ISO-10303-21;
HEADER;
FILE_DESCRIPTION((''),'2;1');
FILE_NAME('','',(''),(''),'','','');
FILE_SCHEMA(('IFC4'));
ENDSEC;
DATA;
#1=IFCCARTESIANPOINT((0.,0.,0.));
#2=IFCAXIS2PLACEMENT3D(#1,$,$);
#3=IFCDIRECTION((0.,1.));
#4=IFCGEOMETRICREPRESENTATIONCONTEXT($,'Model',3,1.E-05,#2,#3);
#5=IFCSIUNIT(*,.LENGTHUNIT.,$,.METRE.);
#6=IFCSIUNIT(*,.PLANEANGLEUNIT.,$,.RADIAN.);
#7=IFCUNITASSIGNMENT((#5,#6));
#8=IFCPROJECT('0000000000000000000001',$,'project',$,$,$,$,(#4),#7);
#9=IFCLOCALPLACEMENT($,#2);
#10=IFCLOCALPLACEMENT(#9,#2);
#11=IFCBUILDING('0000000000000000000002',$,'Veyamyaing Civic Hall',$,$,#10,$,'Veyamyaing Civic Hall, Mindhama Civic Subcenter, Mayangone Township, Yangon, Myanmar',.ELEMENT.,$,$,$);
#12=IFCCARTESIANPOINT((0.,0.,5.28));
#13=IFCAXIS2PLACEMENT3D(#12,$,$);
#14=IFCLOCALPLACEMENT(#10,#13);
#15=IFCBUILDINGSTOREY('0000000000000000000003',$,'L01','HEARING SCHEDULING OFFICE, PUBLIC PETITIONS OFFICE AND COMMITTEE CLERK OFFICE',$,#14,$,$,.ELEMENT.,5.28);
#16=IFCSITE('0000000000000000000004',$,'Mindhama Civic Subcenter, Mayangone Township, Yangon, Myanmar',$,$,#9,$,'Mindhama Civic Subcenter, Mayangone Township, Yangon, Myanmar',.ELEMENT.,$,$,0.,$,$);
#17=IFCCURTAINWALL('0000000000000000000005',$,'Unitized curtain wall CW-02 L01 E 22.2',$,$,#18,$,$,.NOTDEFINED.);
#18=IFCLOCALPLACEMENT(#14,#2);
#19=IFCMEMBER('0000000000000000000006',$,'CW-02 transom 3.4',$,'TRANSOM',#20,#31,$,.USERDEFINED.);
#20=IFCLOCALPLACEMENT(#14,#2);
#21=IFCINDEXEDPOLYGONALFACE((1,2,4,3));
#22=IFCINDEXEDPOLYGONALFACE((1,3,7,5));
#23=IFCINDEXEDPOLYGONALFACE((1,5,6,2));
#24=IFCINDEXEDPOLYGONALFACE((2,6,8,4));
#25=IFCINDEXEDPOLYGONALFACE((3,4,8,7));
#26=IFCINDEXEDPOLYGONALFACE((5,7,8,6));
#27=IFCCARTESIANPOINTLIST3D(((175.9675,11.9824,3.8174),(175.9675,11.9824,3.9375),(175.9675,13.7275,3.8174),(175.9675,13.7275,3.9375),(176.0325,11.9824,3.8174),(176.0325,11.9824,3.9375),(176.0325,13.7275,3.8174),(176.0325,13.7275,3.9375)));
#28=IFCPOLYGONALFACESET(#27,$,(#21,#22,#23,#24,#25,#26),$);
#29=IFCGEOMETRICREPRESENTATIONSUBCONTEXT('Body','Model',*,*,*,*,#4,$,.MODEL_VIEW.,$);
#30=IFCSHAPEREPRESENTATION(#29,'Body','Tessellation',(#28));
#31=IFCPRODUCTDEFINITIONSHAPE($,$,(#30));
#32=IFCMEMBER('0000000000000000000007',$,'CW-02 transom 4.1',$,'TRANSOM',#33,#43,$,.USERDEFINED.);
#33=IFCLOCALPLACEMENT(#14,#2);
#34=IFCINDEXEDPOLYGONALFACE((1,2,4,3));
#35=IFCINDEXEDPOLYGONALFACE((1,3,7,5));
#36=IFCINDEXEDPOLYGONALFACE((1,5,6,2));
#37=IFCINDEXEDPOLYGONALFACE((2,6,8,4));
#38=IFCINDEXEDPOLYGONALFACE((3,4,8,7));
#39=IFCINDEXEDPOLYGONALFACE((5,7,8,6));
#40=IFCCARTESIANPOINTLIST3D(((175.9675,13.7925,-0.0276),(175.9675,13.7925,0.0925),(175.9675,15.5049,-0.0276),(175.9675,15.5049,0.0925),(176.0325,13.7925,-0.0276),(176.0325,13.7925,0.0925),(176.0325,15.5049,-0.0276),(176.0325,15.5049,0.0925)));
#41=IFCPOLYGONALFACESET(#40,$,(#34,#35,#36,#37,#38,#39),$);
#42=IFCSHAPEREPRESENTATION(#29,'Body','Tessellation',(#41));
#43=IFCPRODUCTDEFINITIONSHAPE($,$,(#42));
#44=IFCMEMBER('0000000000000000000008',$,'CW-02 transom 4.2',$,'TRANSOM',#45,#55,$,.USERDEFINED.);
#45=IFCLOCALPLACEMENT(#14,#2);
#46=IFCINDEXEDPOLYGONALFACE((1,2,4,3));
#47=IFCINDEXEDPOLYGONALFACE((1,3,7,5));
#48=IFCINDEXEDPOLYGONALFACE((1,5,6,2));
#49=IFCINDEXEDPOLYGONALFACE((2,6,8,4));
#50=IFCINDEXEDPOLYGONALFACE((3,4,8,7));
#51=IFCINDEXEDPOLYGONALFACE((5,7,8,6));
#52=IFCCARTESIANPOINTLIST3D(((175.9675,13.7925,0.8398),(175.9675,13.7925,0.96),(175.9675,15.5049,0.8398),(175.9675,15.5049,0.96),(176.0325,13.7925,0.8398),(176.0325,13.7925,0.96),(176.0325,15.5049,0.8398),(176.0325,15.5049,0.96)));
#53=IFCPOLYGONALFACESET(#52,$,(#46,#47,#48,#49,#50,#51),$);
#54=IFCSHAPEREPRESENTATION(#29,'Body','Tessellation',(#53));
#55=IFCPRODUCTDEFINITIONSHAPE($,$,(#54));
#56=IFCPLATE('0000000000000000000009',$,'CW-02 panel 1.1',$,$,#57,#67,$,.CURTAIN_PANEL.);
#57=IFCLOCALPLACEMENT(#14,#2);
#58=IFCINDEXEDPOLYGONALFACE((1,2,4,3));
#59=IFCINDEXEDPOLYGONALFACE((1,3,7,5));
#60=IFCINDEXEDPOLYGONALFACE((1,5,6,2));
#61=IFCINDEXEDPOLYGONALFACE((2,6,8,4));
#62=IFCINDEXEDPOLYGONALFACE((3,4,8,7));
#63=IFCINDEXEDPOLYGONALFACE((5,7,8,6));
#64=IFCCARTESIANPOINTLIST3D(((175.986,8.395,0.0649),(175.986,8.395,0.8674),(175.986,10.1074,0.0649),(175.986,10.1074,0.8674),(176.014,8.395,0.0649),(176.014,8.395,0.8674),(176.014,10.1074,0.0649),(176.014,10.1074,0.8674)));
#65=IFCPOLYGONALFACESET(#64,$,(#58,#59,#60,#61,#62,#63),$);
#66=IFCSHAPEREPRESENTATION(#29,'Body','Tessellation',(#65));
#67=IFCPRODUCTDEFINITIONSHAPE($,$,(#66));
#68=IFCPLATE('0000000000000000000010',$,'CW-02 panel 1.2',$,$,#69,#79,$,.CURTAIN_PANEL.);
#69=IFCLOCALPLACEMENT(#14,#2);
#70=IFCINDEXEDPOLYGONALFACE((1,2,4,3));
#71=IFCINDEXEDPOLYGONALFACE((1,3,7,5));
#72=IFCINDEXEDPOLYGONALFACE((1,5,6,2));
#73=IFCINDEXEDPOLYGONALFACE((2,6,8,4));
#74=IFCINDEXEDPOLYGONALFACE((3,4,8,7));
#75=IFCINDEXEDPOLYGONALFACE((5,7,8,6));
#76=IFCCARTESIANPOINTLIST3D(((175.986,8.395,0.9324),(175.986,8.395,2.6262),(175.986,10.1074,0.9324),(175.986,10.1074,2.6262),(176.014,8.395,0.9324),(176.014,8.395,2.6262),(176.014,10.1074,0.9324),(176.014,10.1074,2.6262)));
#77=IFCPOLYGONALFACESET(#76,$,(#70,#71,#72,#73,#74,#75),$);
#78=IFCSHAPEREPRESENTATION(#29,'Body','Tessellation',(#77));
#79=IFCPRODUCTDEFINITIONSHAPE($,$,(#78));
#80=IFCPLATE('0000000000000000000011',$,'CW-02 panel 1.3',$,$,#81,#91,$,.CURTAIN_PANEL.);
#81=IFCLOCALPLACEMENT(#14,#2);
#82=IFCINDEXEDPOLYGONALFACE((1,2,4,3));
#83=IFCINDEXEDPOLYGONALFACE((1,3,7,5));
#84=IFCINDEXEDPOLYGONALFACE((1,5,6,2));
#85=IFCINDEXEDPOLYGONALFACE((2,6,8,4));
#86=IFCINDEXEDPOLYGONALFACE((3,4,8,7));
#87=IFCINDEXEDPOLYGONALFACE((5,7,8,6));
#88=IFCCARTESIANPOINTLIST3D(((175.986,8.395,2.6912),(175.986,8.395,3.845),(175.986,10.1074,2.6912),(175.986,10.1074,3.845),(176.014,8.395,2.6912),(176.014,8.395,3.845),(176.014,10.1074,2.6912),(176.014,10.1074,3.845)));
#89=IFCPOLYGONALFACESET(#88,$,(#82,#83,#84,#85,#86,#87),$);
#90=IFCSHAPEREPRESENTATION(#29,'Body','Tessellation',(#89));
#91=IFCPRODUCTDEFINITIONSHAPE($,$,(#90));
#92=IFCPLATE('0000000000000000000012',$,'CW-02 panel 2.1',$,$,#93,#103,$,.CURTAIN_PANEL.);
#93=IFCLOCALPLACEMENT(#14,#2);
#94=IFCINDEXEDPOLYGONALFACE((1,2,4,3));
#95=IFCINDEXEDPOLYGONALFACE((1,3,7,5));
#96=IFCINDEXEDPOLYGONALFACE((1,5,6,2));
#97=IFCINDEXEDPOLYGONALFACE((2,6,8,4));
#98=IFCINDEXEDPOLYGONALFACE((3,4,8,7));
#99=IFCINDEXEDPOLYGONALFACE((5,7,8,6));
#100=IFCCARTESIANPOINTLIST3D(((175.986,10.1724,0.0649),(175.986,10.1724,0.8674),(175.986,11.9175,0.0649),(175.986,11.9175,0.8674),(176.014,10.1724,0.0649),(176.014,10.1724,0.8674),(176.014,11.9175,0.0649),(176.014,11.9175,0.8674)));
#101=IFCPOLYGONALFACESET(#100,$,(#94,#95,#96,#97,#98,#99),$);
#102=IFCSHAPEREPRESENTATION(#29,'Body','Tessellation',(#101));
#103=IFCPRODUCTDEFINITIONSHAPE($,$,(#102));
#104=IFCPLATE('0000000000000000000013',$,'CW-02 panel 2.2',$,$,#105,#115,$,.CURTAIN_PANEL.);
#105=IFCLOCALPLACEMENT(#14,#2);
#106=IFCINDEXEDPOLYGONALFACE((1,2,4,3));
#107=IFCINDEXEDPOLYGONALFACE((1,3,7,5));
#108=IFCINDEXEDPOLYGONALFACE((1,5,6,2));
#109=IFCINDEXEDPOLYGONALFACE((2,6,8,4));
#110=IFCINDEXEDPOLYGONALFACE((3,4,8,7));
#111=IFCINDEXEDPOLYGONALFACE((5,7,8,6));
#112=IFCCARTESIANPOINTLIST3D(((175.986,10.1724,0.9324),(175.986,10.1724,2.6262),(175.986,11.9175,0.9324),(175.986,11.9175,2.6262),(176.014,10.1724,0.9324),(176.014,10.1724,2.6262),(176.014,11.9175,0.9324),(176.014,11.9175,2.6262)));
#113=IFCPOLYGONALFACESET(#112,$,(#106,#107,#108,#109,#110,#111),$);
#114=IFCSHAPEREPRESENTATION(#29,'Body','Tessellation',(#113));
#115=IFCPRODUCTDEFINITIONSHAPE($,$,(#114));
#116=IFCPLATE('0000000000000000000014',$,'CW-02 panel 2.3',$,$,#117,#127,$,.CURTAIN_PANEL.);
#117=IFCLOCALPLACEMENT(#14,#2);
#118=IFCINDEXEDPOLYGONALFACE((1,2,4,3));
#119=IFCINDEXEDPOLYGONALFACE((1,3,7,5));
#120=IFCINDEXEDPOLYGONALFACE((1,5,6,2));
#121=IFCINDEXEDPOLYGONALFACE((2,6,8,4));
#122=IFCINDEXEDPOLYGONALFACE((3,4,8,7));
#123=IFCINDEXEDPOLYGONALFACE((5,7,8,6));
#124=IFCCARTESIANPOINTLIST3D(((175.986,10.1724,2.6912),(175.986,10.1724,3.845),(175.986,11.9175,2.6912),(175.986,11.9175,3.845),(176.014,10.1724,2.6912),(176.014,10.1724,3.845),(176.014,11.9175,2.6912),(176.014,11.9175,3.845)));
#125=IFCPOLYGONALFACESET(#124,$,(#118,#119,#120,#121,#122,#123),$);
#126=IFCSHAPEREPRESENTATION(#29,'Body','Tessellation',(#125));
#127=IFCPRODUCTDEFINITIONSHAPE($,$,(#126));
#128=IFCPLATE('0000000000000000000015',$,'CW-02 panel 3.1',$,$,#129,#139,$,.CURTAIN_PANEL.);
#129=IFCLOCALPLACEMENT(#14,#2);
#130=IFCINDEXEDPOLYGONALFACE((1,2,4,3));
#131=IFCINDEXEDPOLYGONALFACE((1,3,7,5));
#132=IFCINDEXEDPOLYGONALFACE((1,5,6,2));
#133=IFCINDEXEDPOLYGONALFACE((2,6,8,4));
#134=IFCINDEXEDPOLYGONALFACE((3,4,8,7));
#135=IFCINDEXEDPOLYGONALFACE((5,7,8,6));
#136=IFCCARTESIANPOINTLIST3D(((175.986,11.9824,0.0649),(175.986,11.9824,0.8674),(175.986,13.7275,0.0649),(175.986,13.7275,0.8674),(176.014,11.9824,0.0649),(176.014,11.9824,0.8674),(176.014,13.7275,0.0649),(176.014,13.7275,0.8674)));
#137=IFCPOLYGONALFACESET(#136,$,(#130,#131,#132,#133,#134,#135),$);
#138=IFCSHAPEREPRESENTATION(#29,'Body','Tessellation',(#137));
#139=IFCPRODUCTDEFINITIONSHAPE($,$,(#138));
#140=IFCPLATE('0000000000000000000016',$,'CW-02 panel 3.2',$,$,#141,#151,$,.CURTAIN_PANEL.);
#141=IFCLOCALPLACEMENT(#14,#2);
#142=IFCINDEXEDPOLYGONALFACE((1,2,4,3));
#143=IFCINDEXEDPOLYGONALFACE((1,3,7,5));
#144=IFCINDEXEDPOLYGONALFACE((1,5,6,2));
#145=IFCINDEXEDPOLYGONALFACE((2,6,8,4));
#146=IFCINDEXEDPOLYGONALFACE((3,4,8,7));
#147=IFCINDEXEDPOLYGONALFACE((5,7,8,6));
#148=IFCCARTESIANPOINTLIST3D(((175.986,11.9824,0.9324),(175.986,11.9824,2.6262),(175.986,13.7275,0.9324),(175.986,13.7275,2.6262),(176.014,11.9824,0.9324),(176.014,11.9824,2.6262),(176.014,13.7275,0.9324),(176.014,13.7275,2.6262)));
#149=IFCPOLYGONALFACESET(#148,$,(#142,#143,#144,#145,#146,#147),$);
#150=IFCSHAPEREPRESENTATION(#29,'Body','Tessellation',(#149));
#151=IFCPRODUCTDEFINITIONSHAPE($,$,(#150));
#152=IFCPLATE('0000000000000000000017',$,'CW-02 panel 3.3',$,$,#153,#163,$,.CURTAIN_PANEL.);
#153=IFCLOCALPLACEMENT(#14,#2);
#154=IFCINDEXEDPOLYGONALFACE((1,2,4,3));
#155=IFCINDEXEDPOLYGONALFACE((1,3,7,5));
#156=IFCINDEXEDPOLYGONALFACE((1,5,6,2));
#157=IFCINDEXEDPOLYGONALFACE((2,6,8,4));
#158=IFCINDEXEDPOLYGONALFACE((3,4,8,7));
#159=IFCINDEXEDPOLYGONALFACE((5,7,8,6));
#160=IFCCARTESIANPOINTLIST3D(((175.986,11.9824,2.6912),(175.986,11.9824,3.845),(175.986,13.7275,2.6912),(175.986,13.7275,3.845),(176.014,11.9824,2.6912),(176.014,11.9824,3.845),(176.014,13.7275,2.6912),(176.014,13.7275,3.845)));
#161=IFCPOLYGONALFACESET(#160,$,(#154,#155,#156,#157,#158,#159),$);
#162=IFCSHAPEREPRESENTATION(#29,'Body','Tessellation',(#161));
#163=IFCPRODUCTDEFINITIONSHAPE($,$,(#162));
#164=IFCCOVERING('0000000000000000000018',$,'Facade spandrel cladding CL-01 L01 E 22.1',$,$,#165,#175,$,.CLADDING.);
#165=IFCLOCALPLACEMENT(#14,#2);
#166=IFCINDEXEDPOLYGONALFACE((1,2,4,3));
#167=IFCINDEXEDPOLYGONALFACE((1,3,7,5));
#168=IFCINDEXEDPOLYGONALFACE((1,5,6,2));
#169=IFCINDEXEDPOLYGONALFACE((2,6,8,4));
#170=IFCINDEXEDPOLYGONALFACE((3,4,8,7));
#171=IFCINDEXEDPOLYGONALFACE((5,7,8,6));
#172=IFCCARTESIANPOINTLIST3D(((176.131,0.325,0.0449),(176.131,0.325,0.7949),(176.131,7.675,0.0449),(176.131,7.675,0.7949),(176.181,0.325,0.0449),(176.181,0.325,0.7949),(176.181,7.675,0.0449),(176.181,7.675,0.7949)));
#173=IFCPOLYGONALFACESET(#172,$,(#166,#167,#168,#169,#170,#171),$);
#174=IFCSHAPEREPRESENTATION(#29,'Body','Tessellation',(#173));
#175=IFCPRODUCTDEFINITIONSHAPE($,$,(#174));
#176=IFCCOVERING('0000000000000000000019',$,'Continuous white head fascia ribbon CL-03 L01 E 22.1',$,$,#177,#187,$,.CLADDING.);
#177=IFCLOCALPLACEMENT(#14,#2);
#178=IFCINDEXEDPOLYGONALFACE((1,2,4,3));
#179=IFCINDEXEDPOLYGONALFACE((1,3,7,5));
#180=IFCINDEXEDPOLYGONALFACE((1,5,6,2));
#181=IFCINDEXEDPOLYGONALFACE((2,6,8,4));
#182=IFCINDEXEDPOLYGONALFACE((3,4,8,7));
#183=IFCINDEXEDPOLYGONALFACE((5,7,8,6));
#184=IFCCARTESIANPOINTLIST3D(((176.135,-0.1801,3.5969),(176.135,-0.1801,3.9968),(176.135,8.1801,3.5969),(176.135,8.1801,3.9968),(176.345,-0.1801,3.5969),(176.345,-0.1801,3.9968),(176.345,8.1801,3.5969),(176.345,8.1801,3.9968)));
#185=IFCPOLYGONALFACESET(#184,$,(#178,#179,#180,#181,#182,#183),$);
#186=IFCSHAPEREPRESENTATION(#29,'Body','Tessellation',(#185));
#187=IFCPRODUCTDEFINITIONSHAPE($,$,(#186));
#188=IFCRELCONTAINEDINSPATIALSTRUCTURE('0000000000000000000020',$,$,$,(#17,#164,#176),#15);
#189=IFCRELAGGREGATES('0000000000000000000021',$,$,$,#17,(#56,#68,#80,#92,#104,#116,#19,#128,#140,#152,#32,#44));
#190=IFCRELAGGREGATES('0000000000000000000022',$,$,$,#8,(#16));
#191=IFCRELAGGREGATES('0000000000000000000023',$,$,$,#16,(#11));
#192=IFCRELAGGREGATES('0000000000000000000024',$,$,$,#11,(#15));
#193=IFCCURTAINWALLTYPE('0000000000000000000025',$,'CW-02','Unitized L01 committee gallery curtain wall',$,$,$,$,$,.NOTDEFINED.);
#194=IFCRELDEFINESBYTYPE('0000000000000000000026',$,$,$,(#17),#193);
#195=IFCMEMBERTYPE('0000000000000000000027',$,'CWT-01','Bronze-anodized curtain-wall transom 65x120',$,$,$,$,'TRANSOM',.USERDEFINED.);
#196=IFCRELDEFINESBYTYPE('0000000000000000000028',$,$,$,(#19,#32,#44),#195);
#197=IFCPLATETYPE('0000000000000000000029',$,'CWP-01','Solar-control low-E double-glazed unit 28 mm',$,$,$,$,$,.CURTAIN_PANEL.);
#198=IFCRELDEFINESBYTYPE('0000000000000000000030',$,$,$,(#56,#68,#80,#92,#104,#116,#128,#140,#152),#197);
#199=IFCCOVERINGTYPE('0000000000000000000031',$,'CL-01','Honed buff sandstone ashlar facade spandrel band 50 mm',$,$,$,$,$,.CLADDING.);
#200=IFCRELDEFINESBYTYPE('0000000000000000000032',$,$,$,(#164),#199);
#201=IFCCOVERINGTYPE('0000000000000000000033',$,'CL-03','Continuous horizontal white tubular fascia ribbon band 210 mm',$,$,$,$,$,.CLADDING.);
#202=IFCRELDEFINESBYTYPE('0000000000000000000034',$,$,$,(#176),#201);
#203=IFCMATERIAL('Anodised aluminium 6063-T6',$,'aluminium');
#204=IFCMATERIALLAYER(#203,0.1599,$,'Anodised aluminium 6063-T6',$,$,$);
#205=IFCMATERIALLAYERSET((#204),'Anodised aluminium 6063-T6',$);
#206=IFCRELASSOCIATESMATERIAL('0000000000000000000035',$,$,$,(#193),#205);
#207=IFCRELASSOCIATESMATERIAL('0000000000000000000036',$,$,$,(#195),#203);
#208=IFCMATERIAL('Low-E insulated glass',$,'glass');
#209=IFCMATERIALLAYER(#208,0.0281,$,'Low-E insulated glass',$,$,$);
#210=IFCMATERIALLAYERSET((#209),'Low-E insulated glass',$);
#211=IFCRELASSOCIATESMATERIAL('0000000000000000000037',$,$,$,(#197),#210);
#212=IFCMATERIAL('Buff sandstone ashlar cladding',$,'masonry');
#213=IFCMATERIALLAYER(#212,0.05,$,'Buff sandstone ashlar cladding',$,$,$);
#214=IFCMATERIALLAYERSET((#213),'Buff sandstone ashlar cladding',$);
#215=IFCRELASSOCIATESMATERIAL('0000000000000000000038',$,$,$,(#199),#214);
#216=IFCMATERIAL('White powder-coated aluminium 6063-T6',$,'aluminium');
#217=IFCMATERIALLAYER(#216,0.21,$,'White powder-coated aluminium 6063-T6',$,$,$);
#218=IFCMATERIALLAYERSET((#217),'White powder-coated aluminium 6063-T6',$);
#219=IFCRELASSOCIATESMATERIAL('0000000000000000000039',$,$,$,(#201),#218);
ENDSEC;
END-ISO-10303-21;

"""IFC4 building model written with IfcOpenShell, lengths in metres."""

from ifc_helpers import new_model, si_unit, direction, frame, origin, origin_2d, place, context, subcontext, project, spatial, rectangle, extrude, material, layer, layer_set, material_profile, profile_set, type_object, element, aggregate, save


model = new_model("IFC4")

# Units and contexts
model_context = context("Model", 3, precision=1e-05, world=origin(), true_north=direction((0.0, 1.0)))
body_context = subcontext(model_context, "Body", "Model", "MODEL_VIEW")
ifc_project = project(units=[si_unit("LENGTHUNIT", "METRE"), si_unit("PLANEANGLEUNIT", "RADIAN")], contexts=[model_context])

# Site, building, storey
site_placement = place(None, origin())
site = spatial("IfcSite", under=ifc_project, at=site_placement, Name="Mindhama Civic Subcenter, Mayangone Township, Yangon, Myanmar", LongName="Mindhama Civic Subcenter, Mayangone Township, Yangon, Myanmar", CompositionType="ELEMENT", RefElevation=0.0)
building_placement = place(site_placement, origin())
building = spatial("IfcBuilding", under=site, at=building_placement, Name="Veyamyaing Civic Hall", LongName="Veyamyaing Civic Hall, Mindhama Civic Subcenter, Mayangone Township, Yangon, Myanmar", CompositionType="ELEMENT")
storey_placement = place(building_placement, frame((0.0, 0.0, 5.28)))
storey = spatial("IfcBuildingStorey", under=building, at=storey_placement, Name="L01", Description="HEARING SCHEDULING OFFICE, PUBLIC PETITIONS OFFICE AND COMMITTEE CLERK OFFICE", CompositionType="ELEMENT", Elevation=5.28)

# Curtain wall, members, plates
ifc_material_1 = material(Name="Anodised aluminium 6063-T6", Category="aluminium")
ifc_layer_1 = layer(ifc_material_1, 0.1599, Name="Anodised aluminium 6063-T6")
ifc_layer_set_1 = layer_set([ifc_layer_1], Name="Anodised aluminium 6063-T6")
curtain_wall_type = type_object("IfcCurtainWallType", Name="CW-02", Description="Unitized L01 committee gallery curtain wall", PredefinedType="NOTDEFINED", material=ifc_layer_set_1)
curtain_wall_placement = place(storey_placement, origin())
curtain_wall = element("IfcCurtainWall", 1, at=curtain_wall_placement, inside=storey, type_object=curtain_wall_type, Name="Unitized curtain wall CW-02 L01 E 22.2", PredefinedType="NOTDEFINED")
ifc_material_profile_1 = material_profile(ifc_material_1, rectangle(XDim=0.0649, YDim=0.1201, at=origin_2d()), Name="ALU-TRN-65X120")
ifc_profile_set_1 = profile_set([ifc_material_profile_1], Name="Anodised aluminium 6063-T6")
member_type_1 = type_object("IfcMemberType", Name="CWT-01", Description="Bronze-anodized curtain-wall transom 65x120", ElementType="TRANSOM", PredefinedType="USERDEFINED", material=ifc_profile_set_1)
member_1_placement = place(storey_placement, frame((176.0, 11.9824, 3.8774), z_axis=(0.0, 1.0, 0.0), x_axis=(-1.0, 0.0, 0.0)))
member_1 = element("IfcMember", 2, at=member_1_placement, type_object=member_type_1, Name="CW-02 transom 3.4", ObjectType="TRANSOM", PredefinedType="USERDEFINED", context=body_context, shape_type="SweptSolid", body=[
    extrude(rectangle(XDim=0.0649, YDim=0.1201, at=origin_2d()), origin(), (0.0, 0.0, 1.0), 1.7451),
])
member_2_placement = place(storey_placement, frame((176.0, 13.7925, 0.0325), z_axis=(0.0, 1.0, 0.0), x_axis=(-1.0, 0.0, 0.0)))
member_2 = element("IfcMember", 3, at=member_2_placement, type_object=member_type_1, Name="CW-02 transom 4.1", ObjectType="TRANSOM", PredefinedType="USERDEFINED", context=body_context, shape_type="SweptSolid", body=[
    extrude(rectangle(XDim=0.0649, YDim=0.1201, at=origin_2d()), origin(), (0.0, 0.0, 1.0), 1.7124),
])
member_3_placement = place(storey_placement, frame((176.0, 13.7925, 0.8999), z_axis=(0.0, 1.0, 0.0), x_axis=(-1.0, 0.0, 0.0)))
member_3 = element("IfcMember", 4, at=member_3_placement, type_object=member_type_1, Name="CW-02 transom 4.2", ObjectType="TRANSOM", PredefinedType="USERDEFINED", context=body_context, shape_type="SweptSolid", body=[
    extrude(rectangle(XDim=0.0649, YDim=0.1201, at=origin_2d()), origin(), (0.0, 0.0, 1.0), 1.7124),
])
ifc_material_2 = material(Name="Low-E insulated glass", Category="glass")
ifc_layer_2 = layer(ifc_material_2, 0.0281, Name="Low-E insulated glass")
ifc_layer_set_2 = layer_set([ifc_layer_2], Name="Low-E insulated glass")
plate_type = type_object("IfcPlateType", Name="CWP-01", Description="Solar-control low-E double-glazed unit 28 mm", PredefinedType="CURTAIN_PANEL", material=ifc_layer_set_2)
plate_1_placement = place(storey_placement, frame((176.0, 9.2512, 0.0649), z_axis=(0.0, 0.0, 1.0), x_axis=(0.0, 1.0, 0.0)))
plate_1 = element("IfcPlate", 5, at=plate_1_placement, type_object=plate_type, Name="CW-02 panel 1.1", PredefinedType="CURTAIN_PANEL", context=body_context, shape_type="SweptSolid", body=[
    extrude(rectangle(XDim=1.7124, YDim=0.0281, at=origin_2d()), origin(), (0.0, 0.0, 1.0), 0.8025),
])
plate_2_placement = place(storey_placement, frame((176.0, 9.2512, 0.9324), z_axis=(0.0, 0.0, 1.0), x_axis=(0.0, 1.0, 0.0)))
plate_2 = element("IfcPlate", 6, at=plate_2_placement, type_object=plate_type, Name="CW-02 panel 1.2", PredefinedType="CURTAIN_PANEL", context=body_context, shape_type="SweptSolid", body=[
    extrude(rectangle(XDim=1.7124, YDim=0.0281, at=origin_2d()), origin(), (0.0, 0.0, 1.0), 1.6938),
])
plate_3_placement = place(storey_placement, frame((176.0, 9.2512, 2.6912), z_axis=(0.0, 0.0, 1.0), x_axis=(0.0, 1.0, 0.0)))
plate_3 = element("IfcPlate", 7, at=plate_3_placement, type_object=plate_type, Name="CW-02 panel 1.3", PredefinedType="CURTAIN_PANEL", context=body_context, shape_type="SweptSolid", body=[
    extrude(rectangle(XDim=1.7124, YDim=0.0281, at=origin_2d()), origin(), (0.0, 0.0, 1.0), 1.1538),
])
plate_4_placement = place(storey_placement, frame((176.0, 11.0449, 0.0649), z_axis=(0.0, 0.0, 1.0), x_axis=(0.0, 1.0, 0.0)))
plate_4 = element("IfcPlate", 8, at=plate_4_placement, type_object=plate_type, Name="CW-02 panel 2.1", PredefinedType="CURTAIN_PANEL", context=body_context, shape_type="SweptSolid", body=[
    extrude(rectangle(XDim=1.7451, YDim=0.0281, at=origin_2d()), origin(), (0.0, 0.0, 1.0), 0.8025),
])
plate_5_placement = place(storey_placement, frame((176.0, 11.0449, 0.9324), z_axis=(0.0, 0.0, 1.0), x_axis=(0.0, 1.0, 0.0)))
plate_5 = element("IfcPlate", 9, at=plate_5_placement, type_object=plate_type, Name="CW-02 panel 2.2", PredefinedType="CURTAIN_PANEL", context=body_context, shape_type="SweptSolid", body=[
    extrude(rectangle(XDim=1.7451, YDim=0.0281, at=origin_2d()), origin(), (0.0, 0.0, 1.0), 1.6938),
])
plate_6_placement = place(storey_placement, frame((176.0, 11.0449, 2.6912), z_axis=(0.0, 0.0, 1.0), x_axis=(0.0, 1.0, 0.0)))
plate_6 = element("IfcPlate", 10, at=plate_6_placement, type_object=plate_type, Name="CW-02 panel 2.3", PredefinedType="CURTAIN_PANEL", context=body_context, shape_type="SweptSolid", body=[
    extrude(rectangle(XDim=1.7451, YDim=0.0281, at=origin_2d()), origin(), (0.0, 0.0, 1.0), 1.1538),
])
plate_7_placement = place(storey_placement, frame((176.0, 12.855, 0.0649), z_axis=(0.0, 0.0, 1.0), x_axis=(0.0, 1.0, 0.0)))
plate_7 = element("IfcPlate", 11, at=plate_7_placement, type_object=plate_type, Name="CW-02 panel 3.1", PredefinedType="CURTAIN_PANEL", context=body_context, shape_type="SweptSolid", body=[
    extrude(rectangle(XDim=1.7451, YDim=0.0281, at=origin_2d()), origin(), (0.0, 0.0, 1.0), 0.8025),
])
plate_8_placement = place(storey_placement, frame((176.0, 12.855, 0.9324), z_axis=(0.0, 0.0, 1.0), x_axis=(0.0, 1.0, 0.0)))
plate_8 = element("IfcPlate", 12, at=plate_8_placement, type_object=plate_type, Name="CW-02 panel 3.2", PredefinedType="CURTAIN_PANEL", context=body_context, shape_type="SweptSolid", body=[
    extrude(rectangle(XDim=1.7451, YDim=0.0281, at=origin_2d()), origin(), (0.0, 0.0, 1.0), 1.6938),
])
plate_9_placement = place(storey_placement, frame((176.0, 12.855, 2.6912), z_axis=(0.0, 0.0, 1.0), x_axis=(0.0, 1.0, 0.0)))
plate_9 = element("IfcPlate", 13, at=plate_9_placement, type_object=plate_type, Name="CW-02 panel 3.3", PredefinedType="CURTAIN_PANEL", context=body_context, shape_type="SweptSolid", body=[
    extrude(rectangle(XDim=1.7451, YDim=0.0281, at=origin_2d()), origin(), (0.0, 0.0, 1.0), 1.1538),
])
aggregate(curtain_wall, [plate_1, plate_2, plate_3, plate_4, plate_5, plate_6, member_1, plate_7, plate_8, plate_9, member_2, member_3])

# Coverings
ifc_material_3 = material(Name="Buff sandstone ashlar cladding", Category="masonry")
ifc_layer_3 = layer(ifc_material_3, 0.05, Name="Buff sandstone ashlar cladding")
ifc_layer_set_3 = layer_set([ifc_layer_3], Name="Buff sandstone ashlar cladding")
covering_type_1 = type_object("IfcCoveringType", Name="CL-01", Description="Honed buff sandstone ashlar facade spandrel band 50 mm", PredefinedType="CLADDING", material=ifc_layer_set_3)
covering_placement = place(storey_placement, frame((176.156, 4.0, 0.0449), z_axis=(0.0, 0.0, 1.0), x_axis=(0.0, 1.0, 0.0)))
element("IfcCovering", 14, at=covering_placement, inside=storey, type_object=covering_type_1, Name="Facade spandrel cladding CL-01 L01 E 22.1", PredefinedType="CLADDING", context=body_context, shape_type="SweptSolid", body=[
    extrude(rectangle(XDim=7.3501, YDim=0.05, at=origin_2d()), origin(), (0.0, 0.0, 1.0), 0.75),
])
ifc_material_4 = material(Name="White powder-coated aluminium 6063-T6", Category="aluminium")
ifc_layer_4 = layer(ifc_material_4, 0.21, Name="White powder-coated aluminium 6063-T6")
ifc_layer_set_4 = layer_set([ifc_layer_4], Name="White powder-coated aluminium 6063-T6")
covering_type_2 = type_object("IfcCoveringType", Name="CL-03", Description="Continuous horizontal white tubular fascia ribbon band 210 mm", PredefinedType="CLADDING", material=ifc_layer_set_4)
for number, where, z_axis, x_axis, name in (
    (15, (176.24, 4.0, 3.5969), (0.0, 0.0, 1.0), (0.0, 1.0, 0.0), "Continuous white head fascia ribbon CL-03 L01 E 22.1"),
):
    element("IfcCovering", number, at=place(storey_placement, frame(where, z_axis=z_axis, x_axis=x_axis)), inside=storey, type_object=covering_type_2, Name=name, PredefinedType="CLADDING", context=body_context, shape_type="SweptSolid", body=[
        extrude(rectangle(XDim=8.3601, YDim=0.21, at=origin_2d()), origin(), (0.0, 0.0, 1.0), 0.3999),
    ])

save(model, "model.ifc")
